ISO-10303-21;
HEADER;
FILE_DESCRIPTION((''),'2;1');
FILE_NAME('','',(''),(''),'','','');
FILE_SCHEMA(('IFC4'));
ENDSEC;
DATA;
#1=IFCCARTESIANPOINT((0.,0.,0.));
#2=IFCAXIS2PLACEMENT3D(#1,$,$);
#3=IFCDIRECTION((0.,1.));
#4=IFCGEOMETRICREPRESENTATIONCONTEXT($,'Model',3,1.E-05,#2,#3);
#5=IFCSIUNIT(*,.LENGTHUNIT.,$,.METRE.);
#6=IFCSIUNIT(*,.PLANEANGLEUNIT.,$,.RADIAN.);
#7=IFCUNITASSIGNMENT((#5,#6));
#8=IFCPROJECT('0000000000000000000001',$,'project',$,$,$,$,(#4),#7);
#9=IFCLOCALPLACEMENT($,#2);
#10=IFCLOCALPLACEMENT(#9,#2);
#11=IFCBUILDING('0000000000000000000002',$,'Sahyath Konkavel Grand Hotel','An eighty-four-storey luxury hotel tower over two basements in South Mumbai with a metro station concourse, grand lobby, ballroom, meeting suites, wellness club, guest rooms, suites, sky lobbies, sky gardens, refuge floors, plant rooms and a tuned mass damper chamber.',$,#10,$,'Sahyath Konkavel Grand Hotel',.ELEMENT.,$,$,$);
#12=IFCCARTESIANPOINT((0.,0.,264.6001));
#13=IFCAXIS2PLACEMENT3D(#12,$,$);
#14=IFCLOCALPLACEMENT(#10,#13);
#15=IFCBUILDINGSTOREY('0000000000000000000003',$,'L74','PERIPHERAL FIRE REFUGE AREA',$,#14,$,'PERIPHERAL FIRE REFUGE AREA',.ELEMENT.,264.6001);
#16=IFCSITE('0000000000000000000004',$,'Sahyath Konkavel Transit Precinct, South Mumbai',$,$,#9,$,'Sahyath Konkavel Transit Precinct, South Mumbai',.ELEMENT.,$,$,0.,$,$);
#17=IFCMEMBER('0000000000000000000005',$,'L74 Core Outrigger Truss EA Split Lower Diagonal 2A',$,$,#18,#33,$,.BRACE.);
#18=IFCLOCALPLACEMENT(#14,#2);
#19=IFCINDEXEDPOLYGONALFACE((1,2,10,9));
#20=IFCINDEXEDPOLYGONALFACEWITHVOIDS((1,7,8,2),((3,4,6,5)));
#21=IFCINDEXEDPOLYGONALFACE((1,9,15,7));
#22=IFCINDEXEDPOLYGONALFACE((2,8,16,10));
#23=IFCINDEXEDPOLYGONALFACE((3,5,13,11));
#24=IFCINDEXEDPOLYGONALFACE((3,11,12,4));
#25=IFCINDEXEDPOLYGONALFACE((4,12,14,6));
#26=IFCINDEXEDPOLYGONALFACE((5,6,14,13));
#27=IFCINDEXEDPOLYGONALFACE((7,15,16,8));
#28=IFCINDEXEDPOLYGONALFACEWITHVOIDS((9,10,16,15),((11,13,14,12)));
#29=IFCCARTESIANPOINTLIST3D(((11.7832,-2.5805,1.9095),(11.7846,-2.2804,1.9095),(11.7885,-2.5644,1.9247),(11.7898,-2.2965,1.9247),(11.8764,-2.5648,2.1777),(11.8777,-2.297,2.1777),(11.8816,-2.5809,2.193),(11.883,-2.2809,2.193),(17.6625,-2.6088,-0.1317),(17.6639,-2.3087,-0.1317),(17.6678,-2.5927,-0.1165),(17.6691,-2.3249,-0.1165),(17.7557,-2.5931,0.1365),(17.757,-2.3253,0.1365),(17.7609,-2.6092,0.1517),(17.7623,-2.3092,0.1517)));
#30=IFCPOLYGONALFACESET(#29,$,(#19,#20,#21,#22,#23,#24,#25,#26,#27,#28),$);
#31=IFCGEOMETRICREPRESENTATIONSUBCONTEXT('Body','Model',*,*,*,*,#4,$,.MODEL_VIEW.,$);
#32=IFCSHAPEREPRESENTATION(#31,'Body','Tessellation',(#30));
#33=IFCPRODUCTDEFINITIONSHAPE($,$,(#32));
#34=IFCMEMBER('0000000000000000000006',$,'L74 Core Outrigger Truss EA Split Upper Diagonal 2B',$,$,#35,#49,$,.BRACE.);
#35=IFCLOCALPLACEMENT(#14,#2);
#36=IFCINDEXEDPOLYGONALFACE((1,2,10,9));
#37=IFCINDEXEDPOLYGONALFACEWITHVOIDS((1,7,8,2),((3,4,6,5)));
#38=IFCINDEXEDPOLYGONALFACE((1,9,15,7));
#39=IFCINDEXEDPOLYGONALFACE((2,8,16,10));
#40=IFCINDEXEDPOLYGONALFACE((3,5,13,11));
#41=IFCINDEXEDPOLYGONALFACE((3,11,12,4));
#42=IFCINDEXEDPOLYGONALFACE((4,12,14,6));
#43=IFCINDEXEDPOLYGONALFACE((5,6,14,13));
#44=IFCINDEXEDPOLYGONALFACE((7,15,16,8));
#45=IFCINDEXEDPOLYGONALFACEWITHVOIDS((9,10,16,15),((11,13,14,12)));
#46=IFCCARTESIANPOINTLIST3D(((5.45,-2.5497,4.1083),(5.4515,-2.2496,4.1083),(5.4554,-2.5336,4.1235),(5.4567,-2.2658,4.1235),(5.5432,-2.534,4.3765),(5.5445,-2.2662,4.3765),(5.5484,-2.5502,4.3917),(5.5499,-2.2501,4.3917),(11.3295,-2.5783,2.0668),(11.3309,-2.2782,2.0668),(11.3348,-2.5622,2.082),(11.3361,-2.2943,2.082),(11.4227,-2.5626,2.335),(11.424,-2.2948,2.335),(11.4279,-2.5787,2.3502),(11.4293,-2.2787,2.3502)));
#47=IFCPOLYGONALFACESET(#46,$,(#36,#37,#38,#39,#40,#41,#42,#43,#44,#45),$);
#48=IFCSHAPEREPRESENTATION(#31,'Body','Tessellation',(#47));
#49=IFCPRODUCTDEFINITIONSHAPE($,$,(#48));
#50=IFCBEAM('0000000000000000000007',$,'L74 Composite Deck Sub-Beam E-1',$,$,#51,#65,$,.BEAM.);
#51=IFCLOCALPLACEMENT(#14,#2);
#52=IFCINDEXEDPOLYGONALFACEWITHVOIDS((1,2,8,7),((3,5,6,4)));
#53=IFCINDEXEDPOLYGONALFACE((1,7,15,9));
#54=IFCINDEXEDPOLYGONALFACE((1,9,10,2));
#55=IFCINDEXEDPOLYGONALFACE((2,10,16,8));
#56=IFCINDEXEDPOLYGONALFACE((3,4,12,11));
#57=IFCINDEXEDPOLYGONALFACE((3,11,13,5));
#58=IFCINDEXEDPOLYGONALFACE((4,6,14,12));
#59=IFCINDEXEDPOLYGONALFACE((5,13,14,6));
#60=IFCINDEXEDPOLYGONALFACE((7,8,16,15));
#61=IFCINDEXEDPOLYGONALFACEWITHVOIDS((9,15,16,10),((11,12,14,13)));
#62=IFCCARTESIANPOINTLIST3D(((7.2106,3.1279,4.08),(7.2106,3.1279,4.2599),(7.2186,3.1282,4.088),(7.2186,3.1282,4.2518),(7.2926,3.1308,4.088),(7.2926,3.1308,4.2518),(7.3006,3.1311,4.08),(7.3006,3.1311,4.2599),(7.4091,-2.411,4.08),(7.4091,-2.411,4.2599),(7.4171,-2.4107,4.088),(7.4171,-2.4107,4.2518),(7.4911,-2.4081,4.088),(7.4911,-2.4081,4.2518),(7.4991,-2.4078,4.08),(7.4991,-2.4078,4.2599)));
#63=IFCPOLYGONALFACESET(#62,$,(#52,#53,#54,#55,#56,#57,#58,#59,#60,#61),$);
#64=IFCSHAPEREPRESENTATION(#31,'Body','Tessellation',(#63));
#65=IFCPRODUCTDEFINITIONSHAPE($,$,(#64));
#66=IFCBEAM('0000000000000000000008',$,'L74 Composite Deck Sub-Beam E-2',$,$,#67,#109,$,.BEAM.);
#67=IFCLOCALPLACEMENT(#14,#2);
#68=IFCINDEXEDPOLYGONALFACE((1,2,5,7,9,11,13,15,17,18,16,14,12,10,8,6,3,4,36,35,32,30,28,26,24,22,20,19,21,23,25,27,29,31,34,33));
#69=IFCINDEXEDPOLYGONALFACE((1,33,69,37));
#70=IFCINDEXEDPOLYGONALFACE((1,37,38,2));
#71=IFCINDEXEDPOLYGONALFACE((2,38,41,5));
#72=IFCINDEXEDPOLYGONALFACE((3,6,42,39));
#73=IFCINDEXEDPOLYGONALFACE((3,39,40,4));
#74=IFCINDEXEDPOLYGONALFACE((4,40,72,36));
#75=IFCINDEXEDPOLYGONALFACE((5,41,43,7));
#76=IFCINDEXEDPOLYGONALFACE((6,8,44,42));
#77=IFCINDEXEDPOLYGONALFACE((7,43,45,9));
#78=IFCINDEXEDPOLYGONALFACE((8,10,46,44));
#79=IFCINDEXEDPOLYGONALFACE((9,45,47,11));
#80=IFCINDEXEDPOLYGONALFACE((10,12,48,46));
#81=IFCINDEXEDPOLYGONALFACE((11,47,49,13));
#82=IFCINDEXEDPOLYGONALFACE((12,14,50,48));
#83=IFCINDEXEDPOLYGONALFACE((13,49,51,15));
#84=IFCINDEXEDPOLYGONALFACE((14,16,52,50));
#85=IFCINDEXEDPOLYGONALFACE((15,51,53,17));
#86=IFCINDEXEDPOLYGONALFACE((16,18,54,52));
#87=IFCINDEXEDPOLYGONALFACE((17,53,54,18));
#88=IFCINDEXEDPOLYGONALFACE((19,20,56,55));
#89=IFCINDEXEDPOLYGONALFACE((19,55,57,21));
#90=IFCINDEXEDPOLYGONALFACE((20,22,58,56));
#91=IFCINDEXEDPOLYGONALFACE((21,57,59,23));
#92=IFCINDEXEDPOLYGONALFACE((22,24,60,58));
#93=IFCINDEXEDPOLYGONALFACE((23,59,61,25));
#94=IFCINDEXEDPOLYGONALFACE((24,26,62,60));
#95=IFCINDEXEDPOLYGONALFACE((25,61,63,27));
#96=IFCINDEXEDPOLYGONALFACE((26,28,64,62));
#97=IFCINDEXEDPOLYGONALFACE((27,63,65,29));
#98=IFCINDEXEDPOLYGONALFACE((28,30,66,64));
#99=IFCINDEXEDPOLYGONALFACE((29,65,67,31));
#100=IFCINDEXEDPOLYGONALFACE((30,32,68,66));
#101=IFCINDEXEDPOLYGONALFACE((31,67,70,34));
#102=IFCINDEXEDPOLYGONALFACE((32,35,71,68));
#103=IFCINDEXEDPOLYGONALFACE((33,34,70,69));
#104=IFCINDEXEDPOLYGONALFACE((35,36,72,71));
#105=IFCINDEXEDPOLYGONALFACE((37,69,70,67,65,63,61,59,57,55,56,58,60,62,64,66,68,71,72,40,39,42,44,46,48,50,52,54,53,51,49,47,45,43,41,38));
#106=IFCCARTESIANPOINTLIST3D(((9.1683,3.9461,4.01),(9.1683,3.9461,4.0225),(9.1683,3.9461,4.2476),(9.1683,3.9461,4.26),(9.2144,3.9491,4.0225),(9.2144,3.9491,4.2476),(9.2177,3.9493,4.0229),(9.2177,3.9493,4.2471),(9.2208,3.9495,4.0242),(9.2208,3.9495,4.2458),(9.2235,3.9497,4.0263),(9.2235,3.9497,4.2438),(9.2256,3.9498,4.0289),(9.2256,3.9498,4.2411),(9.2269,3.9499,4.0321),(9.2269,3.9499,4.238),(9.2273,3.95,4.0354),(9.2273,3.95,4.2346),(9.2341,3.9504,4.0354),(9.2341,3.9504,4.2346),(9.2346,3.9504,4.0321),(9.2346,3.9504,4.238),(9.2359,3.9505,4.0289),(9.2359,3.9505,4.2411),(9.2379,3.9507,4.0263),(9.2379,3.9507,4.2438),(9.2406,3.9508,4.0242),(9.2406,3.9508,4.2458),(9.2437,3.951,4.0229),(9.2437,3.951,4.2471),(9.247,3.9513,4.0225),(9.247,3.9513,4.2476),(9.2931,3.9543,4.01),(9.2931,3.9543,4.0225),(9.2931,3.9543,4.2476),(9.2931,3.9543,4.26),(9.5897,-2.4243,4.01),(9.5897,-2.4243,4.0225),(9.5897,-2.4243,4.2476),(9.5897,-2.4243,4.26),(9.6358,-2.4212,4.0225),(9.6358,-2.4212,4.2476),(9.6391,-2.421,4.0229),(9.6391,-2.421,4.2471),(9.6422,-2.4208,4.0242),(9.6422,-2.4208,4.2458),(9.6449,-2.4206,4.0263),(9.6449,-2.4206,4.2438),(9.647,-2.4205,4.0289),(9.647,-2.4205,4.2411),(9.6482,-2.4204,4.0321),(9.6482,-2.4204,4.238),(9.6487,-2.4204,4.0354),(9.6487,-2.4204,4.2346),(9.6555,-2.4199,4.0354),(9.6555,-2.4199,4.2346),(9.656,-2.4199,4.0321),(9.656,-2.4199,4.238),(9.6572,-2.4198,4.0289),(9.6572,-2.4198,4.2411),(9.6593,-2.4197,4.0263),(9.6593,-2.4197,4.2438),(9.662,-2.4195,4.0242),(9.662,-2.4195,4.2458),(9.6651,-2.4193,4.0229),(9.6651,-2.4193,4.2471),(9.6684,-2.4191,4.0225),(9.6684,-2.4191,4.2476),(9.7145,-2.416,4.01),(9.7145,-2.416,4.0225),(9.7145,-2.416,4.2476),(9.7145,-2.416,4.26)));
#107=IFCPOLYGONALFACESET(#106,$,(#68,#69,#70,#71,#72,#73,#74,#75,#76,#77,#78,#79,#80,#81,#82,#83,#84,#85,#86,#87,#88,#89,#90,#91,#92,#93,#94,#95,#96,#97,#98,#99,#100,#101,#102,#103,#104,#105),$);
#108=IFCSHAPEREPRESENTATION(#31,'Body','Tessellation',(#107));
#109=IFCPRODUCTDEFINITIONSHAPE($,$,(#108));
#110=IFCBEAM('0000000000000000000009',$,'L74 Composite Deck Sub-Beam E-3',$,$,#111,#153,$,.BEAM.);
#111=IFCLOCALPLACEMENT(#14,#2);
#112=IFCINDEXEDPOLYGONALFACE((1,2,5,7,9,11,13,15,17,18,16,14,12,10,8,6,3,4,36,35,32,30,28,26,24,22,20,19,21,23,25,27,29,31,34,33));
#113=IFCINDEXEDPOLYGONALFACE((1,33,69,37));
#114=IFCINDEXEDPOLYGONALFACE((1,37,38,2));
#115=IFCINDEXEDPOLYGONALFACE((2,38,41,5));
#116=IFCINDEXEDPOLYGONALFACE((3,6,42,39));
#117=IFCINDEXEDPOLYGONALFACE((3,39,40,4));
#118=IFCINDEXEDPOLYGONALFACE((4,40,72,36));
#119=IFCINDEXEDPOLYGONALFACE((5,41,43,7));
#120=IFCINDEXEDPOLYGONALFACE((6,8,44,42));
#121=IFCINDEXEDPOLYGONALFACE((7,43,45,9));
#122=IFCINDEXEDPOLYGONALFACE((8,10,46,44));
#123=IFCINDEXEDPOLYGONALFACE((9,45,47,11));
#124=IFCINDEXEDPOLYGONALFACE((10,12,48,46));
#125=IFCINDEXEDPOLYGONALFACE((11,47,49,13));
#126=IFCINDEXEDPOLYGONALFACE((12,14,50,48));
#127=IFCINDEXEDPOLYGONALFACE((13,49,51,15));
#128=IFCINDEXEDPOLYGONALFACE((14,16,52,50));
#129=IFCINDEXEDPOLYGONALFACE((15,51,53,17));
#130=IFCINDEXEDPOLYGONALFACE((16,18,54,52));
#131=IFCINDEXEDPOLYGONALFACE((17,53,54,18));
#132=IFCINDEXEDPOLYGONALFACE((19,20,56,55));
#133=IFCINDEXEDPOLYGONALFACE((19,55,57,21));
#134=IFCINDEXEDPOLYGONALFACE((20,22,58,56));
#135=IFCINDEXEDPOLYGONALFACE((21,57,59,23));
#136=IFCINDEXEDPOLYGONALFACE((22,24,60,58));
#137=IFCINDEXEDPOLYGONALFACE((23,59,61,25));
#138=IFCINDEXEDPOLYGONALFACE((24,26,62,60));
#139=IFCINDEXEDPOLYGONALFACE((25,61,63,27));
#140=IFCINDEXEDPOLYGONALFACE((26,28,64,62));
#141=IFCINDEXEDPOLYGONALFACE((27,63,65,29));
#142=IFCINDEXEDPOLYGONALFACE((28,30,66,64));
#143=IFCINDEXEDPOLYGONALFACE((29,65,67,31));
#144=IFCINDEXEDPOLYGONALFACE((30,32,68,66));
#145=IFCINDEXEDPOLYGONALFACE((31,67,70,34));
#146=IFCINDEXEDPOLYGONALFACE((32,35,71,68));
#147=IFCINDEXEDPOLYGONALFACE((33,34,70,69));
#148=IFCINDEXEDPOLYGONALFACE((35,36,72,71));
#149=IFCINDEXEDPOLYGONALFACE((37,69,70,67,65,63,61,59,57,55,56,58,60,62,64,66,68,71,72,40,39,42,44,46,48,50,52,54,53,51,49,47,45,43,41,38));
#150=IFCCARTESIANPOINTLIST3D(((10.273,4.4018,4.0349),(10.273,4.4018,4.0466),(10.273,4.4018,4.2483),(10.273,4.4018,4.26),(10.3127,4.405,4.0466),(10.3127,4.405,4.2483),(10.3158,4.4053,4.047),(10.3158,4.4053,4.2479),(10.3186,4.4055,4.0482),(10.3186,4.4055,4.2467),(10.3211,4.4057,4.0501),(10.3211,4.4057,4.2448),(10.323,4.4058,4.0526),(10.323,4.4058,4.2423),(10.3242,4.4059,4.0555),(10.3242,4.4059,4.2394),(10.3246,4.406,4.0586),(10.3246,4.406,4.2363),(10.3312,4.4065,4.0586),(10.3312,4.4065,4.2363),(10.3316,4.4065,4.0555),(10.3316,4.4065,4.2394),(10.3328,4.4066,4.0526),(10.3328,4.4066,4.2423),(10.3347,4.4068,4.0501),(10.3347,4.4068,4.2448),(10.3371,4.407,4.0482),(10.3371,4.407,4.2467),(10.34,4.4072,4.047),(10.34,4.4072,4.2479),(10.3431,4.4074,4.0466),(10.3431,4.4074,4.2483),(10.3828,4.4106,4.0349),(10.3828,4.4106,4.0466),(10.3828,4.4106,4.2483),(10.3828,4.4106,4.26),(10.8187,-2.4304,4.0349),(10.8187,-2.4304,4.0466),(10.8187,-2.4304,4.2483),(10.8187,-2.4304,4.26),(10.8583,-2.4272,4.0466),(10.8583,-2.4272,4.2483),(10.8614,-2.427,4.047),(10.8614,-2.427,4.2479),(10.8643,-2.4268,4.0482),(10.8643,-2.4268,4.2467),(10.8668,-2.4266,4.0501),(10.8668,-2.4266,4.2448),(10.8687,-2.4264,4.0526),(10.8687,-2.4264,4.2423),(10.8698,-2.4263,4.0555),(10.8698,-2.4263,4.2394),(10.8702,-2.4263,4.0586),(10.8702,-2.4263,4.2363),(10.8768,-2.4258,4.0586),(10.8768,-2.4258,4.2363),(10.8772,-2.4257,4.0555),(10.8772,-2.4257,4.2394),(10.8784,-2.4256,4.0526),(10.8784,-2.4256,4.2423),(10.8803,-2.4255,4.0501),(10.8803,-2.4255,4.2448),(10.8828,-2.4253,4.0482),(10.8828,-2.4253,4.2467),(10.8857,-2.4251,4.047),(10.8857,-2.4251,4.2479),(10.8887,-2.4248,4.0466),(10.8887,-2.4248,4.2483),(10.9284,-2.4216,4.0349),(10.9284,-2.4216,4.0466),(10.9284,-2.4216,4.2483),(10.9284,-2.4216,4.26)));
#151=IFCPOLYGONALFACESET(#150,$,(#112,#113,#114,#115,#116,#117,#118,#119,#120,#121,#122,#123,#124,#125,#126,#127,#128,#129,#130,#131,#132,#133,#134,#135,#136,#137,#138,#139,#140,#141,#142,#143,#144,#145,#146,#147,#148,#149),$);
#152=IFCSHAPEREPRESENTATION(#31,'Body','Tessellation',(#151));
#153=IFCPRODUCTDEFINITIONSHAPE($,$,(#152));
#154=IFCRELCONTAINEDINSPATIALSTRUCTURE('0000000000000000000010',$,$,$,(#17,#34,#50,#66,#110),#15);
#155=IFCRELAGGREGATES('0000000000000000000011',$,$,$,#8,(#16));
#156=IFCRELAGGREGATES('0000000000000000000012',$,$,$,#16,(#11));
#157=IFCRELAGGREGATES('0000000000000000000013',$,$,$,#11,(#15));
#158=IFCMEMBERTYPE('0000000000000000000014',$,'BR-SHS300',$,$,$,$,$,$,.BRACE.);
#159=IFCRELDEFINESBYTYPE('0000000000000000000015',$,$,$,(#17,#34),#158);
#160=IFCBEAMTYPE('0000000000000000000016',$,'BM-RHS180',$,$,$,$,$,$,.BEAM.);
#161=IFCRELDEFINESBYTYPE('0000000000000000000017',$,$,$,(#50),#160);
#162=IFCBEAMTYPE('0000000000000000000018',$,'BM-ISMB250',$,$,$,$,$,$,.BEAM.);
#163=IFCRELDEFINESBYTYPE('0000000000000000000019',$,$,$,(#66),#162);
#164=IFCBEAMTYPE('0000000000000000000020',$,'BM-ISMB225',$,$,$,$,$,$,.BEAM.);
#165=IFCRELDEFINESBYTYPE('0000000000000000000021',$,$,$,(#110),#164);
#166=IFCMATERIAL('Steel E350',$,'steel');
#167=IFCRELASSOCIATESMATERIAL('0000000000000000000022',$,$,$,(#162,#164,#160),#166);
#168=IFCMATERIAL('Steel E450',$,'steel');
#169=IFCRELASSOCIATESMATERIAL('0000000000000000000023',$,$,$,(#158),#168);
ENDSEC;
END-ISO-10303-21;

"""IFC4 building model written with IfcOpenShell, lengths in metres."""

from ifc_helpers import new_model, si_unit, direction, frame, origin, origin_2d, place, context, subcontext, project, spatial, hollow_rectangle, i_section, extrude, source, transform, mapped, material, material_profile, profile_set, type_object, element, save


model = new_model("IFC4")

# Units and contexts
model_context = context("Model", 3, precision=1e-05, world=origin(), true_north=direction((0.0, 1.0)))
body_context = subcontext(model_context, "Body", "Model", "MODEL_VIEW")
ifc_project = project(units=[si_unit("LENGTHUNIT", "METRE"), si_unit("PLANEANGLEUNIT", "RADIAN")], contexts=[model_context])

# Site, building, storey
site_placement = place(None, origin())
site = spatial("IfcSite", under=ifc_project, at=site_placement, Name="Sahyath Konkavel Transit Precinct, South Mumbai", LongName="Sahyath Konkavel Transit Precinct, South Mumbai", CompositionType="ELEMENT", RefElevation=0.0)
building_placement = place(site_placement, origin())
building = spatial("IfcBuilding", under=site, at=building_placement, Name="Sahyath Konkavel Grand Hotel", Description="An eighty-four-storey luxury hotel tower over two basements in South Mumbai with a metro station concourse, grand lobby, ballroom, meeting suites, wellness club, guest rooms, suites, sky lobbies, sky gardens, refuge floors, plant rooms and a tuned mass damper chamber.", LongName="Sahyath Konkavel Grand Hotel", CompositionType="ELEMENT")
storey_placement = place(building_placement, frame((0.0, 0.0, 264.6001)))
storey = spatial("IfcBuildingStorey", under=building, at=storey_placement, Name="L74", Description="PERIPHERAL FIRE REFUGE AREA", LongName="PERIPHERAL FIRE REFUGE AREA", CompositionType="ELEMENT", Elevation=264.6001)

# Shared definitions
ifc_material_1 = material(Name="Steel E350", Category="steel")
ifc_material_profile_1 = material_profile(ifc_material_1, i_section(OverallWidth=0.125, OverallDepth=0.25, WebThickness=0.0068, FlangeThickness=0.0125, FilletRadius=0.0129, at=origin_2d()), Name="ISMB 250")
ifc_profile_set_1 = profile_set([ifc_material_profile_1], Name="Steel E350")
beam_type_1 = type_object("IfcBeamType", Name="BM-ISMB250", PredefinedType="BEAM", material=ifc_profile_set_1)
ifc_material_profile_2 = material_profile(ifc_material_1, i_section(OverallWidth=0.1101, OverallDepth=0.2251, WebThickness=0.0066, FlangeThickness=0.0117, FilletRadius=0.012, at=origin_2d()), Name="ISMB 225")
ifc_profile_set_2 = profile_set([ifc_material_profile_2], Name="Steel E350")
beam_type_2 = type_object("IfcBeamType", Name="BM-ISMB225", PredefinedType="BEAM", material=ifc_profile_set_2)

# Members
ifc_material_2 = material(Name="Steel E450", Category="steel")
ifc_material_profile_3 = material_profile(ifc_material_2, hollow_rectangle(XDim=0.3, YDim=0.3, WallThickness=0.0161, at=origin_2d()), Name="SHS 300x300x16")
ifc_profile_set_3 = profile_set([ifc_material_profile_3], Name="Steel E450")
member_type_1 = type_object("IfcMemberType", Name="BR-SHS300", PredefinedType="BRACE", material=ifc_profile_set_3)
shared_shape_1 = source(origin(), body_context, "Body", "SweptSolid", [
    extrude(hollow_rectangle(XDim=0.3, YDim=0.3, WallThickness=0.0161, at=origin_2d()), origin(), (0.0, 0.0, 1.0), 6.2236),
])
member_1_placement = place(storey_placement, frame((17.7124, -2.459, 0.01), z_axis=(-0.944674, 0.00455, 0.32798), x_axis=(-0.004817, -0.999988, 0.0)))
element("IfcMember", 1, at=member_1_placement, inside=storey, type_object=member_type_1, Name="L74 Core Outrigger Truss EA Split Lower Diagonal 2A", PredefinedType="BRACE", context=body_context, shape_type="MappedRepresentation", body=[
    mapped(shared_shape_1, transform((0.0, 0.0, 0.0), scale=1.0)),
])
shared_shape_2 = source(origin(), body_context, "Body", "SweptSolid", [
    extrude(hollow_rectangle(XDim=0.3, YDim=0.3, WallThickness=0.0161, at=origin_2d()), origin(), (0.0, 0.0, 1.0), 6.2239),
])
member_2_placement = place(storey_placement, frame((11.3794, -2.4285, 2.2085), z_axis=(-0.944661, 0.00459, 0.328015), x_axis=(-0.004858, -0.999988, 0.0)))
element("IfcMember", 2, at=member_2_placement, inside=storey, type_object=member_type_1, Name="L74 Core Outrigger Truss EA Split Upper Diagonal 2B", PredefinedType="BRACE", context=body_context, shape_type="MappedRepresentation", body=[
    mapped(shared_shape_2, transform((0.0, 0.0, 0.0), scale=1.0)),
])

# Beams
ifc_material_profile_4 = material_profile(ifc_material_1, hollow_rectangle(XDim=0.0901, YDim=0.1799, WallThickness=0.0081, at=origin_2d()), Name="RHS 180x90x8")
ifc_profile_set_4 = profile_set([ifc_material_profile_4], Name="Steel E350")
beam_type_3 = type_object("IfcBeamType", Name="BM-RHS180", PredefinedType="BEAM", material=ifc_profile_set_4)
shared_shape_3 = source(origin(), body_context, "Body", "SweptSolid", [
    extrude(hollow_rectangle(XDim=0.0901, YDim=0.1799, WallThickness=0.0081, at=origin_2d()), origin(), (0.0, 0.0, 1.0), 5.5425),
])
beam_1_placement = place(storey_placement, frame((7.4541, -2.4094, 4.1699), z_axis=(-0.035813, 0.999359, 0.0), x_axis=(-0.999359, -0.035813, 0.0)))
element("IfcBeam", 3, at=beam_1_placement, inside=storey, type_object=beam_type_3, Name="L74 Composite Deck Sub-Beam E-1", PredefinedType="BEAM", context=body_context, shape_type="MappedRepresentation", body=[
    mapped(shared_shape_3, transform((0.0, 0.0, 0.0), scale=1.0)),
])
shared_shape_4 = source(origin(), body_context, "Body", "SweptSolid", [
    extrude(i_section(OverallWidth=0.125, OverallDepth=0.25, WebThickness=0.0068, FlangeThickness=0.0125, FilletRadius=0.0129, at=origin_2d()), origin(), (0.0, 0.0, 1.0), 6.3843),
])
beam_2_placement = place(storey_placement, frame((9.6521, -2.4202, 4.135), z_axis=(-0.066004, 0.997819, 0.0), x_axis=(-0.997819, -0.066004, 0.0)))
element("IfcBeam", 4, at=beam_2_placement, inside=storey, type_object=beam_type_1, Name="L74 Composite Deck Sub-Beam E-2", PredefinedType="BEAM", context=body_context, shape_type="MappedRepresentation", body=[
    mapped(shared_shape_4, transform((0.0, 0.0, 0.0), scale=1.0)),
])
shared_shape_5 = source(origin(), body_context, "Body", "SweptSolid", [
    extrude(i_section(OverallWidth=0.1101, OverallDepth=0.2251, WebThickness=0.0066, FlangeThickness=0.0117, FilletRadius=0.012, at=origin_2d()), origin(), (0.0, 0.0, 1.0), 6.854),
])
beam_3_placement = place(storey_placement, frame((10.8735, -2.426, 4.1475), z_axis=(-0.079611, 0.996826, 0.0), x_axis=(-0.996826, -0.079611, 0.0)))
element("IfcBeam", 5, at=beam_3_placement, inside=storey, type_object=beam_type_2, Name="L74 Composite Deck Sub-Beam E-3", PredefinedType="BEAM", context=body_context, shape_type="MappedRepresentation", body=[
    mapped(shared_shape_5, transform((0.0, 0.0, 0.0), scale=1.0)),
])

save(model, "model.ifc")
